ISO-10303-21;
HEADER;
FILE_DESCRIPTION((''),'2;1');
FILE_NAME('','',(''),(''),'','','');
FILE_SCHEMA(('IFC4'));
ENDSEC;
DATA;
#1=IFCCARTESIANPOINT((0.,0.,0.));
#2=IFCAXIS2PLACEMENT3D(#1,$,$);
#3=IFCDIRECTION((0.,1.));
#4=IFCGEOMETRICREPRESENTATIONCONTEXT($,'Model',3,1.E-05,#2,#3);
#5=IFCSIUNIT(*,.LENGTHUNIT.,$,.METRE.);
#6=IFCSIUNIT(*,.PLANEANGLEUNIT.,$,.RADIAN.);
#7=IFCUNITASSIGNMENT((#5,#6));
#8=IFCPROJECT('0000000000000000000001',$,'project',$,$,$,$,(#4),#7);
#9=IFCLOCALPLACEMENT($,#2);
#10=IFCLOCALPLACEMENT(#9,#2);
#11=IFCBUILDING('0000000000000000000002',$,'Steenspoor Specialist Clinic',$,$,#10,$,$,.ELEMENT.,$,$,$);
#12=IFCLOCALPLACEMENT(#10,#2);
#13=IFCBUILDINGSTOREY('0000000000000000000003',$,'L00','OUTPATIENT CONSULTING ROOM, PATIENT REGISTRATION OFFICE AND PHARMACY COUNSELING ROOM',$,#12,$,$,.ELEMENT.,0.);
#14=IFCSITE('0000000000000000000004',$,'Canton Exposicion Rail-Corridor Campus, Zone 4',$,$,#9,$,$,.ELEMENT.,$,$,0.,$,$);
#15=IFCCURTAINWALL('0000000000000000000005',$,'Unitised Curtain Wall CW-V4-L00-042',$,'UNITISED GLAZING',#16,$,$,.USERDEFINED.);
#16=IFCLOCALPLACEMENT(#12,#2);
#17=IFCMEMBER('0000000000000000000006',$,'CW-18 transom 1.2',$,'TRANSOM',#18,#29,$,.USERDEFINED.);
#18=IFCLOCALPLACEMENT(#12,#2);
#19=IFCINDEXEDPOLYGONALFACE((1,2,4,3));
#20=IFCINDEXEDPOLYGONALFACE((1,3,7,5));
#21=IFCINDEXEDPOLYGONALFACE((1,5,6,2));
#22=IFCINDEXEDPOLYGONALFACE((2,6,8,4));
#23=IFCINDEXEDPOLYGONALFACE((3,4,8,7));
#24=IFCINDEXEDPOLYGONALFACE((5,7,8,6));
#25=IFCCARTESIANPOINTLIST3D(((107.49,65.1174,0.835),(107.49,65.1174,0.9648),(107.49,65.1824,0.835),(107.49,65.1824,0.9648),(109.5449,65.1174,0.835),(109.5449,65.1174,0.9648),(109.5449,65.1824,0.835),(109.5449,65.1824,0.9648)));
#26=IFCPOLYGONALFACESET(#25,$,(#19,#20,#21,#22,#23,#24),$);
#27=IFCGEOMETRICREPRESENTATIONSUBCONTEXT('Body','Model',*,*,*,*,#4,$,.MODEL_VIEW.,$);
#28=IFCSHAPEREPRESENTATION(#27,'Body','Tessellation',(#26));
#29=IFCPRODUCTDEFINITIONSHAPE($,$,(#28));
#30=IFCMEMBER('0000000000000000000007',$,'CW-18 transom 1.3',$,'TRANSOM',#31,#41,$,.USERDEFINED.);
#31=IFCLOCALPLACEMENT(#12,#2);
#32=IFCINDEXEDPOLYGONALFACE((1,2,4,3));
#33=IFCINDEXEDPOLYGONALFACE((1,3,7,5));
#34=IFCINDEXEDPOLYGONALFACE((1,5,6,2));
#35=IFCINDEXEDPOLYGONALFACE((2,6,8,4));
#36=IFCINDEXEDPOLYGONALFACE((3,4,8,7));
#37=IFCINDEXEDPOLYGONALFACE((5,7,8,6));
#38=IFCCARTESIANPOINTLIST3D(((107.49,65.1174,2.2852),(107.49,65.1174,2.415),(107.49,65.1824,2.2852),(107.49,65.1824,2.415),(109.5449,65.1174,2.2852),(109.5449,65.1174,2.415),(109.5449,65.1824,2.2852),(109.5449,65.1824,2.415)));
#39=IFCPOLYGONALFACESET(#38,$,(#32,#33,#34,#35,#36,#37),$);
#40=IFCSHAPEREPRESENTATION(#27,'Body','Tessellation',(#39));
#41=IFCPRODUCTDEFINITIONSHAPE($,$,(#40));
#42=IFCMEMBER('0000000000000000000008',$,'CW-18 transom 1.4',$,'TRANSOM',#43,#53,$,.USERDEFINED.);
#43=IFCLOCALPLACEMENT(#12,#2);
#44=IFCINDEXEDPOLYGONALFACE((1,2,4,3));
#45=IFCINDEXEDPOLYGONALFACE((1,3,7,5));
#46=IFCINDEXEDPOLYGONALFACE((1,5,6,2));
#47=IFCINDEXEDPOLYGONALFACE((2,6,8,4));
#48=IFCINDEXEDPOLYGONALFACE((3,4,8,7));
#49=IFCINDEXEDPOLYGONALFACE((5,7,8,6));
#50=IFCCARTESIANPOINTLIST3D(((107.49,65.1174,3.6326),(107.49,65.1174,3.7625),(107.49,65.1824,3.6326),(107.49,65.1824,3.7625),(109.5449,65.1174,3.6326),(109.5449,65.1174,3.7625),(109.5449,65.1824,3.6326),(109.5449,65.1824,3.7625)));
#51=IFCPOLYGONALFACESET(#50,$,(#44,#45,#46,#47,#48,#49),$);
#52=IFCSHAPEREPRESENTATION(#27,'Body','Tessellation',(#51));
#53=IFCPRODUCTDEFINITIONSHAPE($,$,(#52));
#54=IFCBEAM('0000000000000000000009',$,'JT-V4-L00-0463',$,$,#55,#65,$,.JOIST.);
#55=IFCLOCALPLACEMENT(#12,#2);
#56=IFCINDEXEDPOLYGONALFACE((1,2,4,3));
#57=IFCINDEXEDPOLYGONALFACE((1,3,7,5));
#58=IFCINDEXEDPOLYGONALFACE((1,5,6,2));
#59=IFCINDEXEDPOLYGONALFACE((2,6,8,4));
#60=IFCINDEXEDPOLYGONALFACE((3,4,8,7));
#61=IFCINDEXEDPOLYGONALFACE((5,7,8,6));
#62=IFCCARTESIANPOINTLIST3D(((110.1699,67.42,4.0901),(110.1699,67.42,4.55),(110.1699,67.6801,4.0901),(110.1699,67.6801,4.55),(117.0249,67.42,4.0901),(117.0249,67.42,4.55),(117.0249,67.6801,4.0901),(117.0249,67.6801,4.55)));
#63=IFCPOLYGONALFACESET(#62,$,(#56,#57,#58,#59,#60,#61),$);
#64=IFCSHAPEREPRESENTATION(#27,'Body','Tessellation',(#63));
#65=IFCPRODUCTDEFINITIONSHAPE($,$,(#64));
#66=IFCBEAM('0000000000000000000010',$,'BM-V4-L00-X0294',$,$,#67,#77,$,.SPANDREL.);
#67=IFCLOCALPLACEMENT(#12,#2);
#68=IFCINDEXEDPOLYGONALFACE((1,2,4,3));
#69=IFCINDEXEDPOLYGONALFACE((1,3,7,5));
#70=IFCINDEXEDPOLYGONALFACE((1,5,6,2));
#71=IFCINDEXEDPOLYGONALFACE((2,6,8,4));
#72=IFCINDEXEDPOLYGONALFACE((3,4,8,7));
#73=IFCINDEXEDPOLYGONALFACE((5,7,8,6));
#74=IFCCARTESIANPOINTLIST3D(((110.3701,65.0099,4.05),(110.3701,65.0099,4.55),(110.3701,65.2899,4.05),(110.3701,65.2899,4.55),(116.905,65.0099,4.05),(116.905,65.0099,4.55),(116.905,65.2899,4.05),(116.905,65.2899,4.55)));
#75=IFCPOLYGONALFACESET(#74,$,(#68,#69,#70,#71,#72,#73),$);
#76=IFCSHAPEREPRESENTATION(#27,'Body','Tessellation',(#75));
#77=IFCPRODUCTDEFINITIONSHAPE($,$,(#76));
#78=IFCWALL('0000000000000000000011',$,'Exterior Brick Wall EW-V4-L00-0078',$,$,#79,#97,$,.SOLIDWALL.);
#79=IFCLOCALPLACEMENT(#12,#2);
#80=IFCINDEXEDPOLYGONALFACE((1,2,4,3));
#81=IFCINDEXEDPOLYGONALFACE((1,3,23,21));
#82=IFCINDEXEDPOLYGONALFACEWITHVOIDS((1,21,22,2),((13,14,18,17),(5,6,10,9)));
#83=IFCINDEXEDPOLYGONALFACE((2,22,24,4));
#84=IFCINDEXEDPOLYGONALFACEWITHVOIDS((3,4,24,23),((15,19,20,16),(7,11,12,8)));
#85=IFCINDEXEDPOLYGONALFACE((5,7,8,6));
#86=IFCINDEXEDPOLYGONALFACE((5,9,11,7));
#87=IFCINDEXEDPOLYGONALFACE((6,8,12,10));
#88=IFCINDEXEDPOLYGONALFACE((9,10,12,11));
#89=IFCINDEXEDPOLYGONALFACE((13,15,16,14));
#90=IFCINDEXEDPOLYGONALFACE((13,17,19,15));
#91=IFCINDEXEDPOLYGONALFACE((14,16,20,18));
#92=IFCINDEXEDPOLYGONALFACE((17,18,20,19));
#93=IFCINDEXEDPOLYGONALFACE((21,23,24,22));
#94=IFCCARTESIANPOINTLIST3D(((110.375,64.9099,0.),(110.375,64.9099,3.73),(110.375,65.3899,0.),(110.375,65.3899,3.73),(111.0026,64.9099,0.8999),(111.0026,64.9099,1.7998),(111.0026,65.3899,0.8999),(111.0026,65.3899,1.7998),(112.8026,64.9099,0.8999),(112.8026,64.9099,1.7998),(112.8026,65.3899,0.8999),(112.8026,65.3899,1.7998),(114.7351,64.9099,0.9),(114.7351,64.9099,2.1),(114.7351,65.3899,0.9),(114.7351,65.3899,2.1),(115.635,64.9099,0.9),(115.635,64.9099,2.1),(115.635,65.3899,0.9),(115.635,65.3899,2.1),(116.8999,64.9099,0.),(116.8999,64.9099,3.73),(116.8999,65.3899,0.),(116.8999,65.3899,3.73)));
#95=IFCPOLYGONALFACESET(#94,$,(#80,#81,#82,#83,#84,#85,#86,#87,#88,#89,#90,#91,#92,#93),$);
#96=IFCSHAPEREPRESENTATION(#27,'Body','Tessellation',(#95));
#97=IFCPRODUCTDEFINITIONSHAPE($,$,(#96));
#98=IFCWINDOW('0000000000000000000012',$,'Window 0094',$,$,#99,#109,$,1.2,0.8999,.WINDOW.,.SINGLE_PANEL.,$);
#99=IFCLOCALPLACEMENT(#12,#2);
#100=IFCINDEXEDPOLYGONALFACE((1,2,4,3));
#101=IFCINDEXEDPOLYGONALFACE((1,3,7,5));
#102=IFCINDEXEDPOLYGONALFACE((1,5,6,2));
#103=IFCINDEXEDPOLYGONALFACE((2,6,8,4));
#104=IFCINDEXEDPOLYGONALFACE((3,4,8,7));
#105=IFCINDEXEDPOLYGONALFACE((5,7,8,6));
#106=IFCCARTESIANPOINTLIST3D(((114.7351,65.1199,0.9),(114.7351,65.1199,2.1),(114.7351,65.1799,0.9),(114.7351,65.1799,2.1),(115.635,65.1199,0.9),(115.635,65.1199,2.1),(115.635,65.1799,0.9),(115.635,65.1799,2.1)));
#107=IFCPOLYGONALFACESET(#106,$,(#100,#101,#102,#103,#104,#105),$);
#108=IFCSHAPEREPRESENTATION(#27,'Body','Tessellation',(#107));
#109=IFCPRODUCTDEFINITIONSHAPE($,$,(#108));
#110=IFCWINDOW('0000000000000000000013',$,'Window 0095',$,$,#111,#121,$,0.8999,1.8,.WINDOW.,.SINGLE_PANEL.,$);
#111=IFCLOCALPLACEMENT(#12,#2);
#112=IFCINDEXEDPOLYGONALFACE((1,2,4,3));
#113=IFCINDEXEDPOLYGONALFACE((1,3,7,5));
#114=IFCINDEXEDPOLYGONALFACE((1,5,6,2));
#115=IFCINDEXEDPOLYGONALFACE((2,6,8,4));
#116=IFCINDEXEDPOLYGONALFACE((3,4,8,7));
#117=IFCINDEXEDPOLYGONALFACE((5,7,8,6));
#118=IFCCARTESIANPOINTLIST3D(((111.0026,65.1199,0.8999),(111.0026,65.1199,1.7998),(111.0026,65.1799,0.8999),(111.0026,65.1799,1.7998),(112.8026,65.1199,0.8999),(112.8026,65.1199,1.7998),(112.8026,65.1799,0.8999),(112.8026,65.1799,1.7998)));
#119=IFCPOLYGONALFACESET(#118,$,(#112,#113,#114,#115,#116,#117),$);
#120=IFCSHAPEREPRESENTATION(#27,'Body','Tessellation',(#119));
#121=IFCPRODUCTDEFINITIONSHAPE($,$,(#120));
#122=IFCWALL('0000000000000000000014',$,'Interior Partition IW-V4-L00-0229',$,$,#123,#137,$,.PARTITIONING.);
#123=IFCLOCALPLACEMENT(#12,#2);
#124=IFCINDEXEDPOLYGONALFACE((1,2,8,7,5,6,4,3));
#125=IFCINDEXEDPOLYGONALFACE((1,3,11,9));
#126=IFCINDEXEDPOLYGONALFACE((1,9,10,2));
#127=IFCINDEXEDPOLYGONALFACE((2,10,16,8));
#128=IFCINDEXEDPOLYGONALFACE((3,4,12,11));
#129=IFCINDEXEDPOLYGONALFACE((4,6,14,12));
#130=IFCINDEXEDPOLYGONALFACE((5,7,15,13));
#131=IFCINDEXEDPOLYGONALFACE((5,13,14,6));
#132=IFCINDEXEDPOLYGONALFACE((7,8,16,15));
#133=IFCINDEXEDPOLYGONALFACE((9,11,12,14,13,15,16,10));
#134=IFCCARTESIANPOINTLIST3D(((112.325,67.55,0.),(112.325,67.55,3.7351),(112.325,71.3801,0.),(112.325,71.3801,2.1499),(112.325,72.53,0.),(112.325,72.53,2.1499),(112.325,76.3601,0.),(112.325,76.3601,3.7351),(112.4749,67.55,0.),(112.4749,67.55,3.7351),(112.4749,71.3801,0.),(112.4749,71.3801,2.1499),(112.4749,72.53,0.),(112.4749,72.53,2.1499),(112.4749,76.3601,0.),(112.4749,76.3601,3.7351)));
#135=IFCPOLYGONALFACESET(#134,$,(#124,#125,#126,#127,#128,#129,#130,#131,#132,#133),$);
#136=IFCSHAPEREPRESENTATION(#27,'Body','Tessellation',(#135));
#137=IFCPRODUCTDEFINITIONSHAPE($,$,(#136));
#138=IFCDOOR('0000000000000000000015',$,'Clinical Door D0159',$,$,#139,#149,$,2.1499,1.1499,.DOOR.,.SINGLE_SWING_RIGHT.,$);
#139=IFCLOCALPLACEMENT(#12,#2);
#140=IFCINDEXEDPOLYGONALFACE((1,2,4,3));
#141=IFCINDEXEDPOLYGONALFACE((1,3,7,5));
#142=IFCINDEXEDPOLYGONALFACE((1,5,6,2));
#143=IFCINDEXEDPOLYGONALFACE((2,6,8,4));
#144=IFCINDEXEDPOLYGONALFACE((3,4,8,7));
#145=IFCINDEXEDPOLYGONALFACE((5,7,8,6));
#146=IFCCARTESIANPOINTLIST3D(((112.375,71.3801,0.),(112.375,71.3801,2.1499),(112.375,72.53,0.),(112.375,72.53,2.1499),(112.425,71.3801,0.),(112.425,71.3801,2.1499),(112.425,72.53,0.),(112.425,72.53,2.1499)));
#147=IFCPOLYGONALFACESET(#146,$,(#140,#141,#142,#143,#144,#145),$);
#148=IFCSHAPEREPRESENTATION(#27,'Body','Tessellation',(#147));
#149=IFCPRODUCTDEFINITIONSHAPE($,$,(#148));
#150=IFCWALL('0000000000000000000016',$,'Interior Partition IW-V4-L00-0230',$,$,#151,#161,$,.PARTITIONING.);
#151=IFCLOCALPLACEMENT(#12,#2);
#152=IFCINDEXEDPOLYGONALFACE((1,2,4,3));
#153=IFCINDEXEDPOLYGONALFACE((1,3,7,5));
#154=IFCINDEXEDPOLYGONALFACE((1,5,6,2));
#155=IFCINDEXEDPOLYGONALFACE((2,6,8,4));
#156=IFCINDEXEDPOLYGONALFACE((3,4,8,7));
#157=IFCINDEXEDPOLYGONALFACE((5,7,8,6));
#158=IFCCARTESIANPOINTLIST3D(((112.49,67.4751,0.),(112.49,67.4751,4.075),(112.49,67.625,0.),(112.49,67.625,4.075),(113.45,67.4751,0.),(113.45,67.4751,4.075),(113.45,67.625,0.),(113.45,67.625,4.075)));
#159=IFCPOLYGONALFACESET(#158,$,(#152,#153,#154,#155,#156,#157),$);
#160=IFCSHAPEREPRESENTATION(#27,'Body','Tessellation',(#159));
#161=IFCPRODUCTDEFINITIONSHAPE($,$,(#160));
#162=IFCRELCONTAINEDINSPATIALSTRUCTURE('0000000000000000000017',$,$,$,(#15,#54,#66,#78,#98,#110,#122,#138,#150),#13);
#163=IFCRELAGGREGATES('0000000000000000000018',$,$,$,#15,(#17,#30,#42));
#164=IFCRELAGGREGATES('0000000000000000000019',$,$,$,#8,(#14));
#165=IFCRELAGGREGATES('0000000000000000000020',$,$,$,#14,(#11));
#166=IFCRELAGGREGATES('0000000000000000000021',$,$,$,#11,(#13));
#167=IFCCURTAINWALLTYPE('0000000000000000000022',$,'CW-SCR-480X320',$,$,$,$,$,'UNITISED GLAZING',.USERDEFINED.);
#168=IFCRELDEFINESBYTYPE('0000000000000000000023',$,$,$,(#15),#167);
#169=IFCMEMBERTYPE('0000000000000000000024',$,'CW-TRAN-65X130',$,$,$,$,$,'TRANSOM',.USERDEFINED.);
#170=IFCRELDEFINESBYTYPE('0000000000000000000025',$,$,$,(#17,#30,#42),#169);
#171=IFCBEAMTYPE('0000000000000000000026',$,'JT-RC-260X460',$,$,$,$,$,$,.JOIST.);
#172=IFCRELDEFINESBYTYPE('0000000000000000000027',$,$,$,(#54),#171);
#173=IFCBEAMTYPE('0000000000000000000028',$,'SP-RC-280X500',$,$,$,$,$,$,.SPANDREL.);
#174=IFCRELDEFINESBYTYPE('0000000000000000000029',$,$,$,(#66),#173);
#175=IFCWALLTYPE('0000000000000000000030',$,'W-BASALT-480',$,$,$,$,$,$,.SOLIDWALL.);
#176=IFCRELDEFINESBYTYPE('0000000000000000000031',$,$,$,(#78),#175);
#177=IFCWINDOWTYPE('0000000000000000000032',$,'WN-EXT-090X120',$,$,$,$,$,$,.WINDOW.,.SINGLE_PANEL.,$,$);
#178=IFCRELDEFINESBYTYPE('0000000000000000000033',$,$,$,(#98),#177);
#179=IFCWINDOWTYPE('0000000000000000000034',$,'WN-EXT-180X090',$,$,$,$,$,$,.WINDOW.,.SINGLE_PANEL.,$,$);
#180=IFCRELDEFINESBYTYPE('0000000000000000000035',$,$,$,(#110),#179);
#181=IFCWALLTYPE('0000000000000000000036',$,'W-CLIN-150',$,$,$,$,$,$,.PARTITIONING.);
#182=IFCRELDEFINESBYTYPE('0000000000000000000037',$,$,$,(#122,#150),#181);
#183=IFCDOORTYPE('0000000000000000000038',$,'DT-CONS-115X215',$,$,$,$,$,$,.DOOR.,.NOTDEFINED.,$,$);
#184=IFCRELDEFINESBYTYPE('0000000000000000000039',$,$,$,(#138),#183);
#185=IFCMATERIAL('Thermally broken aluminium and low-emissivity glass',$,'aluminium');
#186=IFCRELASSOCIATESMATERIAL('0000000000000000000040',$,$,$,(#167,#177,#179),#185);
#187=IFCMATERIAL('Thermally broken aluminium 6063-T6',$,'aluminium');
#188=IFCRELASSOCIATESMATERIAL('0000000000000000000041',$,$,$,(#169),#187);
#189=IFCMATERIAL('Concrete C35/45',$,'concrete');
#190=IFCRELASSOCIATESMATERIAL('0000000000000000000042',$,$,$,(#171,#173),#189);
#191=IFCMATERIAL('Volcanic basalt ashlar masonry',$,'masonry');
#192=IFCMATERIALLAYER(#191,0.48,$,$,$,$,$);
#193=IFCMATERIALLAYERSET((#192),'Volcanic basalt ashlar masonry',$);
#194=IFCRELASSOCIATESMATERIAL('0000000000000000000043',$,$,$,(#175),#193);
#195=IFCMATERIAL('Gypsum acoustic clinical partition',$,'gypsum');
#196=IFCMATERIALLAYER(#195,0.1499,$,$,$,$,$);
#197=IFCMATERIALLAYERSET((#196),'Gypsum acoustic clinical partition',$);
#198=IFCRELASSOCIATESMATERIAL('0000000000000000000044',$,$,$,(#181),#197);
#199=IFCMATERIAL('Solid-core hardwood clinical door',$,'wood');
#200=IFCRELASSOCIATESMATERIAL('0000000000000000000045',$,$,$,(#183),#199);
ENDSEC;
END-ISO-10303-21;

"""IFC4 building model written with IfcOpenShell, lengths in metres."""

from ifc_helpers import new_model, si_unit, direction, frame, frame_2d, origin, origin_2d, place, context, subcontext, project, spatial, rectangle, extrude, material, layer, layer_set, material_profile, profile_set, type_object, element, fill, aggregate, save


model = new_model("IFC4")

# Units and contexts
model_context = context("Model", 3, precision=1e-05, world=origin(), true_north=direction((0.0, 1.0)))
body_context = subcontext(model_context, "Body", "Model", "MODEL_VIEW")
ifc_project = project(units=[si_unit("LENGTHUNIT", "METRE"), si_unit("PLANEANGLEUNIT", "RADIAN")], contexts=[model_context])

# Site, building, storey
site_placement = place(None, origin())
site = spatial("IfcSite", under=ifc_project, at=site_placement, Name="Canton Exposicion Rail-Corridor Campus, Zone 4", CompositionType="ELEMENT", RefElevation=0.0)
building_placement = place(site_placement, origin())
building = spatial("IfcBuilding", under=site, at=building_placement, Name="Steenspoor Specialist Clinic", CompositionType="ELEMENT")
storey_placement = place(building_placement, origin())
storey = spatial("IfcBuildingStorey", under=building, at=storey_placement, Name="L00", Description="OUTPATIENT CONSULTING ROOM, PATIENT REGISTRATION OFFICE AND PHARMACY COUNSELING ROOM", CompositionType="ELEMENT", Elevation=0.0)

# Shared definitions
ifc_material_1 = material(Name="Concrete C35/45", Category="concrete")

# Curtain wall, members
ifc_material_2 = material(Name="Thermally broken aluminium and low-emissivity glass", Category="aluminium")
curtain_wall_type = type_object("IfcCurtainWallType", Name="CW-SCR-480X320", ElementType="UNITISED GLAZING", PredefinedType="USERDEFINED", material=ifc_material_2)
curtain_wall_placement = place(storey_placement, origin())
curtain_wall = element("IfcCurtainWall", 1, at=curtain_wall_placement, inside=storey, type_object=curtain_wall_type, Name="Unitised Curtain Wall CW-V4-L00-042", ObjectType="UNITISED GLAZING", PredefinedType="USERDEFINED")
ifc_material_3 = material(Name="Thermally broken aluminium 6063-T6", Category="aluminium")
ifc_material_profile_1 = material_profile(ifc_material_3, rectangle(XDim=0.0649, YDim=0.1299, at=origin_2d()), Name="CWT-65X130")
ifc_profile_set_1 = profile_set([ifc_material_profile_1], Name="Thermally broken aluminium 6063-T6")
member_type_1 = type_object("IfcMemberType", Name="CW-TRAN-65X130", ElementType="TRANSOM", PredefinedType="USERDEFINED", material=ifc_profile_set_1)
member_1_placement = place(storey_placement, frame((109.5449, 65.1499, 0.8999), z_axis=(-1.0, 0.0, 0.0), x_axis=(0.0, -1.0, 0.0)))
member_1 = element("IfcMember", 2, at=member_1_placement, type_object=member_type_1, Name="CW-18 transom 1.2", ObjectType="TRANSOM", PredefinedType="USERDEFINED", context=body_context, shape_type="SweptSolid", body=[
    extrude(rectangle(XDim=0.0649, YDim=0.1299, at=origin_2d()), origin(), (0.0, 0.0, 1.0), 2.0549),
])
member_2_placement = place(storey_placement, frame((109.5449, 65.1499, 2.3501), z_axis=(-1.0, 0.0, 0.0), x_axis=(0.0, -1.0, 0.0)))
member_2 = element("IfcMember", 3, at=member_2_placement, type_object=member_type_1, Name="CW-18 transom 1.3", ObjectType="TRANSOM", PredefinedType="USERDEFINED", context=body_context, shape_type="SweptSolid", body=[
    extrude(rectangle(XDim=0.0649, YDim=0.1299, at=origin_2d()), origin(), (0.0, 0.0, 1.0), 2.0549),
])
member_3_placement = place(storey_placement, frame((109.5449, 65.1499, 3.6975), z_axis=(-1.0, 0.0, 0.0), x_axis=(0.0, -1.0, 0.0)))
member_3 = element("IfcMember", 4, at=member_3_placement, type_object=member_type_1, Name="CW-18 transom 1.4", ObjectType="TRANSOM", PredefinedType="USERDEFINED", context=body_context, shape_type="SweptSolid", body=[
    extrude(rectangle(XDim=0.0649, YDim=0.1299, at=origin_2d()), origin(), (0.0, 0.0, 1.0), 2.0549),
])
aggregate(curtain_wall, [member_1, member_2, member_3])

# Beams
ifc_material_profile_2 = material_profile(ifc_material_1, rectangle(XDim=0.26, YDim=0.46, at=origin_2d()), Name="RC-JT-260X460")
ifc_profile_set_2 = profile_set([ifc_material_profile_2], Name="Concrete C35/45")
beam_type_1 = type_object("IfcBeamType", Name="JT-RC-260X460", PredefinedType="JOIST", material=ifc_profile_set_2)
beam_1_placement = place(storey_placement, frame((110.1699, 67.55, 4.3201), z_axis=(1.0, 0.0, 0.0), x_axis=(0.0, 1.0, 0.0)))
element("IfcBeam", 5, at=beam_1_placement, inside=storey, type_object=beam_type_1, Name="JT-V4-L00-0463", PredefinedType="JOIST", context=body_context, shape_type="SweptSolid", body=[
    extrude(rectangle(XDim=0.26, YDim=0.46, at=origin_2d()), origin(), (0.0, 0.0, 1.0), 6.855),
])
ifc_material_profile_3 = material_profile(ifc_material_1, rectangle(XDim=0.28, YDim=0.5, at=origin_2d()), Name="RC-SP-280X500")
ifc_profile_set_3 = profile_set([ifc_material_profile_3], Name="Concrete C35/45")
beam_type_2 = type_object("IfcBeamType", Name="SP-RC-280X500", PredefinedType="SPANDREL", material=ifc_profile_set_3)
beam_2_placement = place(storey_placement, frame((110.3701, 65.1499, 4.3), z_axis=(1.0, 0.0, 0.0), x_axis=(0.0, 1.0, 0.0)))
element("IfcBeam", 6, at=beam_2_placement, inside=storey, type_object=beam_type_2, Name="BM-V4-L00-X0294", PredefinedType="SPANDREL", context=body_context, shape_type="SweptSolid", body=[
    extrude(rectangle(XDim=0.28, YDim=0.5, at=origin_2d()), origin(), (0.0, 0.0, 1.0), 6.5349),
])

# Wall, openings, windows
ifc_material_4 = material(Name="Volcanic basalt ashlar masonry", Category="masonry")
ifc_layer_1 = layer(ifc_material_4, 0.48)
ifc_layer_set_1 = layer_set([ifc_layer_1], Name="Volcanic basalt ashlar masonry")
wall_type_1 = type_object("IfcWallType", Name="W-BASALT-480", PredefinedType="SOLIDWALL", material=ifc_layer_set_1)
wall_1_placement = place(storey_placement, frame((116.8999, 65.1499, 0.0), z_axis=(0.0, 0.0, 1.0), x_axis=(-1.0, 0.0, 0.0)))
wall_1 = element("IfcWall", 7, at=wall_1_placement, inside=storey, type_object=wall_type_1, Name="Exterior Brick Wall EW-V4-L00-0078", PredefinedType="SOLIDWALL", context=body_context, shape_type="SweptSolid", body=[
    extrude(rectangle(XDim=6.5249, YDim=0.48, at=frame_2d((3.2625, 0.0))), origin(), (0.0, 0.0, 1.0), 3.73),
])
opening_1_placement = place(wall_1_placement, frame((1.2649, 0.0, 0.8999)))
opening_1 = element("IfcOpeningElement", 8, at=opening_1_placement, cuts=wall_1, PredefinedType="OPENING", context=body_context, shape_type="SweptSolid", body=[
    extrude(rectangle(XDim=0.8999, YDim=1.2, at=frame_2d((0.45, 0.6001))), frame((0.0, 0.25, 0.0), z_axis=(0.0, -1.0, 0.0), x_axis=(1.0, 0.0, 0.0)), (0.0, 0.0, 1.0), 0.5),
])
opening_2_placement = place(wall_1_placement, frame((4.0974, 0.0, 0.8999)))
opening_2 = element("IfcOpeningElement", 9, at=opening_2_placement, cuts=wall_1, PredefinedType="OPENING", context=body_context, shape_type="SweptSolid", body=[
    extrude(rectangle(XDim=1.8, YDim=0.8999, at=frame_2d((0.8999, 0.45))), frame((0.0, 0.25, 0.0), z_axis=(0.0, -1.0, 0.0), x_axis=(1.0, 0.0, 0.0)), (0.0, 0.0, 1.0), 0.5),
])
window_type_1 = type_object("IfcWindowType", Name="WN-EXT-090X120", PartitioningType="SINGLE_PANEL", PredefinedType="WINDOW", material=ifc_material_2)
window_1_placement = place(opening_1_placement, origin())
window_1 = element("IfcWindow", 10, at=window_1_placement, inside=storey, type_object=window_type_1, Name="Window 0094", OverallHeight=1.2, OverallWidth=0.8999, PartitioningType="SINGLE_PANEL", PredefinedType="WINDOW", context=body_context, shape_type="SweptSolid", body=[
    extrude(rectangle(XDim=0.8999, YDim=1.2, at=frame_2d((0.45, 0.6001))), frame((0.0, 0.03, 0.0), z_axis=(0.0, -1.0, 0.0), x_axis=(1.0, 0.0, 0.0)), (0.0, 0.0, 1.0), 0.0601),
])
fill(opening_1, window_1)
window_type_2 = type_object("IfcWindowType", Name="WN-EXT-180X090", PartitioningType="SINGLE_PANEL", PredefinedType="WINDOW", material=ifc_material_2)
window_2_placement = place(opening_2_placement, origin())
window_2 = element("IfcWindow", 11, at=window_2_placement, inside=storey, type_object=window_type_2, Name="Window 0095", OverallHeight=0.8999, OverallWidth=1.8, PartitioningType="SINGLE_PANEL", PredefinedType="WINDOW", context=body_context, shape_type="SweptSolid", body=[
    extrude(rectangle(XDim=1.8, YDim=0.8999, at=frame_2d((0.8999, 0.45))), frame((0.0, 0.03, 0.0), z_axis=(0.0, -1.0, 0.0), x_axis=(1.0, 0.0, 0.0)), (0.0, 0.0, 1.0), 0.0601),
])
fill(opening_2, window_2)

# Wall, opening, door
ifc_material_5 = material(Name="Gypsum acoustic clinical partition", Category="gypsum")
ifc_layer_2 = layer(ifc_material_5, 0.1499)
ifc_layer_set_2 = layer_set([ifc_layer_2], Name="Gypsum acoustic clinical partition")
wall_type_2 = type_object("IfcWallType", Name="W-CLIN-150", PredefinedType="PARTITIONING", material=ifc_layer_set_2)
wall_2_placement = place(storey_placement, frame((112.3999, 67.55, 0.0), z_axis=(0.0, 0.0, 1.0), x_axis=(0.0, 1.0, 0.0)))
wall_2 = element("IfcWall", 12, at=wall_2_placement, inside=storey, type_object=wall_type_2, Name="Interior Partition IW-V4-L00-0229", PredefinedType="PARTITIONING", context=body_context, shape_type="SweptSolid", body=[
    extrude(rectangle(XDim=8.8101, YDim=0.1499, at=frame_2d((4.405, 0.0))), origin(), (0.0, 0.0, 1.0), 3.7351),
])
opening_3_placement = place(wall_2_placement, frame((3.8301, 0.0, 0.0)))
opening_3 = element("IfcOpeningElement", 13, at=opening_3_placement, cuts=wall_2, PredefinedType="OPENING", context=body_context, shape_type="SweptSolid", body=[
    extrude(rectangle(XDim=1.1499, YDim=2.1499, at=frame_2d((0.575, 1.075))), frame((0.0, 0.085, 0.0), z_axis=(0.0, -1.0, 0.0), x_axis=(1.0, 0.0, 0.0)), (0.0, 0.0, 1.0), 0.1699),
])
ifc_material_6 = material(Name="Solid-core hardwood clinical door", Category="wood")
door_type_1 = type_object("IfcDoorType", Name="DT-CONS-115X215", OperationType="NOTDEFINED", PredefinedType="DOOR", material=ifc_material_6)
door_1_placement = place(opening_3_placement, origin())
door_1 = element("IfcDoor", 14, at=door_1_placement, inside=storey, type_object=door_type_1, Name="Clinical Door D0159", OperationType="SINGLE_SWING_RIGHT", OverallHeight=2.1499, OverallWidth=1.1499, PredefinedType="DOOR", context=body_context, shape_type="SweptSolid", body=[
    extrude(rectangle(XDim=1.1499, YDim=2.1499, at=frame_2d((0.575, 1.075))), frame((0.0, 0.0249, 0.0), z_axis=(0.0, -1.0, 0.0), x_axis=(1.0, 0.0, 0.0)), (0.0, 0.0, 1.0), 0.05),
])
fill(opening_3, door_1)

# Wall
wall_3_placement = place(storey_placement, frame((112.49, 67.55, 0.0), z_axis=(0.0, 0.0, 1.0), x_axis=(1.0, 0.0, 0.0)))
element("IfcWall", 15, at=wall_3_placement, inside=storey, type_object=wall_type_2, Name="Interior Partition IW-V4-L00-0230", PredefinedType="PARTITIONING", context=body_context, shape_type="SweptSolid", body=[
    extrude(rectangle(XDim=0.96, YDim=0.1499, at=frame_2d((0.48, 0.0))), origin(), (0.0, 0.0, 1.0), 4.075),
])

save(model, "model.ifc")
